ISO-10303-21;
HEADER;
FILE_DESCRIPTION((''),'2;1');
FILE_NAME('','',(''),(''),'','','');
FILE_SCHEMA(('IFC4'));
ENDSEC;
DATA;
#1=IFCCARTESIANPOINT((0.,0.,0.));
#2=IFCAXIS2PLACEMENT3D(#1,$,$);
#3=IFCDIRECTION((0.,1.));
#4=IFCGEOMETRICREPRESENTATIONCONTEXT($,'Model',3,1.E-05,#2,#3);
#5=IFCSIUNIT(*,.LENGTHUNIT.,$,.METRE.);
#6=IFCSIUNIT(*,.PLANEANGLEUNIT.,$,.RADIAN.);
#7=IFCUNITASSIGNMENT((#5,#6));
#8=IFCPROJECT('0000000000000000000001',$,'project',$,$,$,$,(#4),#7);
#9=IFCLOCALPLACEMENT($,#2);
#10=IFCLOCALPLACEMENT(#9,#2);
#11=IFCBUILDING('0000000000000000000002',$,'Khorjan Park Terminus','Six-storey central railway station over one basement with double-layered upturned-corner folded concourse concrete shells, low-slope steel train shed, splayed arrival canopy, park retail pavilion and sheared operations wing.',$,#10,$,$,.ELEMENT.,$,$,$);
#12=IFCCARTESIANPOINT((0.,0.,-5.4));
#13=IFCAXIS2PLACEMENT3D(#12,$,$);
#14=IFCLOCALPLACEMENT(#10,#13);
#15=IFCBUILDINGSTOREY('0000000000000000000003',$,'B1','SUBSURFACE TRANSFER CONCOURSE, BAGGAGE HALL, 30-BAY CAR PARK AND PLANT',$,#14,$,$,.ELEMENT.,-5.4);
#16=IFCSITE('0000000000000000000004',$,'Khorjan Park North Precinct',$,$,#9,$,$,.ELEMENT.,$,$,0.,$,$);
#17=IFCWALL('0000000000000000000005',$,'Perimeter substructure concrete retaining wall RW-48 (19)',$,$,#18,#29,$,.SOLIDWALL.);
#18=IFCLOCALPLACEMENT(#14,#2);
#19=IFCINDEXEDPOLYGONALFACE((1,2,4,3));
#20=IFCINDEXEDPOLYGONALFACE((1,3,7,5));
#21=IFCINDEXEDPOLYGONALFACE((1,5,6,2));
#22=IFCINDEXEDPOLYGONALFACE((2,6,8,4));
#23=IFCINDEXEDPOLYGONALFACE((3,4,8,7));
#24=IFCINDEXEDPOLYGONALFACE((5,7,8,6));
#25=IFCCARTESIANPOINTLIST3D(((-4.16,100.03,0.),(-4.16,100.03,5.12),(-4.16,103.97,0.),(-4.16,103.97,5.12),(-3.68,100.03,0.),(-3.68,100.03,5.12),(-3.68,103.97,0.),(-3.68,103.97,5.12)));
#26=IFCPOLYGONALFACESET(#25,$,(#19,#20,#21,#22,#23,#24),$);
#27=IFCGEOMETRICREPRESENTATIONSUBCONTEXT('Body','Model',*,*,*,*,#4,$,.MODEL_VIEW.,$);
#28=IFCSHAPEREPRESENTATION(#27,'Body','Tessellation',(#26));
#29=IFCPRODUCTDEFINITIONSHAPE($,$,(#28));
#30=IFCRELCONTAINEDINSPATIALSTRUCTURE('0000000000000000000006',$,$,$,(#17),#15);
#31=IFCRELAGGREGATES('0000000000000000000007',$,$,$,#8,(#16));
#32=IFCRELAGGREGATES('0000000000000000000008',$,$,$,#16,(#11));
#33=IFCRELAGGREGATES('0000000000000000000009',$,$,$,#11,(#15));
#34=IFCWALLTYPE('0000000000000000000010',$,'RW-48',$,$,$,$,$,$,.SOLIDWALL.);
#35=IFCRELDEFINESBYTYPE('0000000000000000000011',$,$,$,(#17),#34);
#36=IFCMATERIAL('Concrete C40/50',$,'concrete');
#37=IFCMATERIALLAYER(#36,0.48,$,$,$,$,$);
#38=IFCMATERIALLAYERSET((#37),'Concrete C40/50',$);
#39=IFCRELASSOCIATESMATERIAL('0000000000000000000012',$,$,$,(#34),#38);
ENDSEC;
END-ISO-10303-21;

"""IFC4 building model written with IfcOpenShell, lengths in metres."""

from ifc_helpers import new_model, si_unit, direction, frame, frame_2d, origin, place, context, subcontext, project, spatial, rectangle, extrude, material, layer, layer_set, type_object, element, save


model = new_model("IFC4")

# Units and contexts
model_context = context("Model", 3, precision=1e-05, world=origin(), true_north=direction((0.0, 1.0)))
body_context = subcontext(model_context, "Body", "Model", "MODEL_VIEW")
ifc_project = project(units=[si_unit("LENGTHUNIT", "METRE"), si_unit("PLANEANGLEUNIT", "RADIAN")], contexts=[model_context])

# Site, building, storey
site_placement = place(None, origin())
site = spatial("IfcSite", under=ifc_project, at=site_placement, Name="Khorjan Park North Precinct", CompositionType="ELEMENT", RefElevation=0.0)
building_placement = place(site_placement, origin())
building = spatial("IfcBuilding", under=site, at=building_placement, Name="Khorjan Park Terminus", Description="Six-storey central railway station over one basement with double-layered upturned-corner folded concourse concrete shells, low-slope steel train shed, splayed arrival canopy, park retail pavilion and sheared operations wing.", CompositionType="ELEMENT")
storey_placement = place(building_placement, frame((0.0, 0.0, -5.4)))
storey = spatial("IfcBuildingStorey", under=building, at=storey_placement, Name="B1", Description="SUBSURFACE TRANSFER CONCOURSE, BAGGAGE HALL, 30-BAY CAR PARK AND PLANT", CompositionType="ELEMENT", Elevation=-5.4)

# Shared definitions
ifc_material_1 = material(Name="Concrete C40/50", Category="concrete")

# Wall
ifc_layer_1 = layer(ifc_material_1, 0.48)
ifc_layer_set_1 = layer_set([ifc_layer_1], Name="Concrete C40/50")
wall_type_1 = type_object("IfcWallType", Name="RW-48", PredefinedType="SOLIDWALL", material=ifc_layer_set_1)
wall_1_placement = place(storey_placement, frame((-3.92, 100.03, 0.0), z_axis=(0.0, 0.0, 1.0), x_axis=(0.0, 1.0, 0.0)))
element("IfcWall", 1, at=wall_1_placement, inside=storey, type_object=wall_type_1, Name="Perimeter substructure concrete retaining wall RW-48 (19)", PredefinedType="SOLIDWALL", context=body_context, shape_type="SweptSolid", body=[
    extrude(rectangle(XDim=3.94, YDim=0.48, at=frame_2d((1.97, 0.0))), origin(), (0.0, 0.0, 1.0), 5.12),
])

save(model, "model.ifc")
